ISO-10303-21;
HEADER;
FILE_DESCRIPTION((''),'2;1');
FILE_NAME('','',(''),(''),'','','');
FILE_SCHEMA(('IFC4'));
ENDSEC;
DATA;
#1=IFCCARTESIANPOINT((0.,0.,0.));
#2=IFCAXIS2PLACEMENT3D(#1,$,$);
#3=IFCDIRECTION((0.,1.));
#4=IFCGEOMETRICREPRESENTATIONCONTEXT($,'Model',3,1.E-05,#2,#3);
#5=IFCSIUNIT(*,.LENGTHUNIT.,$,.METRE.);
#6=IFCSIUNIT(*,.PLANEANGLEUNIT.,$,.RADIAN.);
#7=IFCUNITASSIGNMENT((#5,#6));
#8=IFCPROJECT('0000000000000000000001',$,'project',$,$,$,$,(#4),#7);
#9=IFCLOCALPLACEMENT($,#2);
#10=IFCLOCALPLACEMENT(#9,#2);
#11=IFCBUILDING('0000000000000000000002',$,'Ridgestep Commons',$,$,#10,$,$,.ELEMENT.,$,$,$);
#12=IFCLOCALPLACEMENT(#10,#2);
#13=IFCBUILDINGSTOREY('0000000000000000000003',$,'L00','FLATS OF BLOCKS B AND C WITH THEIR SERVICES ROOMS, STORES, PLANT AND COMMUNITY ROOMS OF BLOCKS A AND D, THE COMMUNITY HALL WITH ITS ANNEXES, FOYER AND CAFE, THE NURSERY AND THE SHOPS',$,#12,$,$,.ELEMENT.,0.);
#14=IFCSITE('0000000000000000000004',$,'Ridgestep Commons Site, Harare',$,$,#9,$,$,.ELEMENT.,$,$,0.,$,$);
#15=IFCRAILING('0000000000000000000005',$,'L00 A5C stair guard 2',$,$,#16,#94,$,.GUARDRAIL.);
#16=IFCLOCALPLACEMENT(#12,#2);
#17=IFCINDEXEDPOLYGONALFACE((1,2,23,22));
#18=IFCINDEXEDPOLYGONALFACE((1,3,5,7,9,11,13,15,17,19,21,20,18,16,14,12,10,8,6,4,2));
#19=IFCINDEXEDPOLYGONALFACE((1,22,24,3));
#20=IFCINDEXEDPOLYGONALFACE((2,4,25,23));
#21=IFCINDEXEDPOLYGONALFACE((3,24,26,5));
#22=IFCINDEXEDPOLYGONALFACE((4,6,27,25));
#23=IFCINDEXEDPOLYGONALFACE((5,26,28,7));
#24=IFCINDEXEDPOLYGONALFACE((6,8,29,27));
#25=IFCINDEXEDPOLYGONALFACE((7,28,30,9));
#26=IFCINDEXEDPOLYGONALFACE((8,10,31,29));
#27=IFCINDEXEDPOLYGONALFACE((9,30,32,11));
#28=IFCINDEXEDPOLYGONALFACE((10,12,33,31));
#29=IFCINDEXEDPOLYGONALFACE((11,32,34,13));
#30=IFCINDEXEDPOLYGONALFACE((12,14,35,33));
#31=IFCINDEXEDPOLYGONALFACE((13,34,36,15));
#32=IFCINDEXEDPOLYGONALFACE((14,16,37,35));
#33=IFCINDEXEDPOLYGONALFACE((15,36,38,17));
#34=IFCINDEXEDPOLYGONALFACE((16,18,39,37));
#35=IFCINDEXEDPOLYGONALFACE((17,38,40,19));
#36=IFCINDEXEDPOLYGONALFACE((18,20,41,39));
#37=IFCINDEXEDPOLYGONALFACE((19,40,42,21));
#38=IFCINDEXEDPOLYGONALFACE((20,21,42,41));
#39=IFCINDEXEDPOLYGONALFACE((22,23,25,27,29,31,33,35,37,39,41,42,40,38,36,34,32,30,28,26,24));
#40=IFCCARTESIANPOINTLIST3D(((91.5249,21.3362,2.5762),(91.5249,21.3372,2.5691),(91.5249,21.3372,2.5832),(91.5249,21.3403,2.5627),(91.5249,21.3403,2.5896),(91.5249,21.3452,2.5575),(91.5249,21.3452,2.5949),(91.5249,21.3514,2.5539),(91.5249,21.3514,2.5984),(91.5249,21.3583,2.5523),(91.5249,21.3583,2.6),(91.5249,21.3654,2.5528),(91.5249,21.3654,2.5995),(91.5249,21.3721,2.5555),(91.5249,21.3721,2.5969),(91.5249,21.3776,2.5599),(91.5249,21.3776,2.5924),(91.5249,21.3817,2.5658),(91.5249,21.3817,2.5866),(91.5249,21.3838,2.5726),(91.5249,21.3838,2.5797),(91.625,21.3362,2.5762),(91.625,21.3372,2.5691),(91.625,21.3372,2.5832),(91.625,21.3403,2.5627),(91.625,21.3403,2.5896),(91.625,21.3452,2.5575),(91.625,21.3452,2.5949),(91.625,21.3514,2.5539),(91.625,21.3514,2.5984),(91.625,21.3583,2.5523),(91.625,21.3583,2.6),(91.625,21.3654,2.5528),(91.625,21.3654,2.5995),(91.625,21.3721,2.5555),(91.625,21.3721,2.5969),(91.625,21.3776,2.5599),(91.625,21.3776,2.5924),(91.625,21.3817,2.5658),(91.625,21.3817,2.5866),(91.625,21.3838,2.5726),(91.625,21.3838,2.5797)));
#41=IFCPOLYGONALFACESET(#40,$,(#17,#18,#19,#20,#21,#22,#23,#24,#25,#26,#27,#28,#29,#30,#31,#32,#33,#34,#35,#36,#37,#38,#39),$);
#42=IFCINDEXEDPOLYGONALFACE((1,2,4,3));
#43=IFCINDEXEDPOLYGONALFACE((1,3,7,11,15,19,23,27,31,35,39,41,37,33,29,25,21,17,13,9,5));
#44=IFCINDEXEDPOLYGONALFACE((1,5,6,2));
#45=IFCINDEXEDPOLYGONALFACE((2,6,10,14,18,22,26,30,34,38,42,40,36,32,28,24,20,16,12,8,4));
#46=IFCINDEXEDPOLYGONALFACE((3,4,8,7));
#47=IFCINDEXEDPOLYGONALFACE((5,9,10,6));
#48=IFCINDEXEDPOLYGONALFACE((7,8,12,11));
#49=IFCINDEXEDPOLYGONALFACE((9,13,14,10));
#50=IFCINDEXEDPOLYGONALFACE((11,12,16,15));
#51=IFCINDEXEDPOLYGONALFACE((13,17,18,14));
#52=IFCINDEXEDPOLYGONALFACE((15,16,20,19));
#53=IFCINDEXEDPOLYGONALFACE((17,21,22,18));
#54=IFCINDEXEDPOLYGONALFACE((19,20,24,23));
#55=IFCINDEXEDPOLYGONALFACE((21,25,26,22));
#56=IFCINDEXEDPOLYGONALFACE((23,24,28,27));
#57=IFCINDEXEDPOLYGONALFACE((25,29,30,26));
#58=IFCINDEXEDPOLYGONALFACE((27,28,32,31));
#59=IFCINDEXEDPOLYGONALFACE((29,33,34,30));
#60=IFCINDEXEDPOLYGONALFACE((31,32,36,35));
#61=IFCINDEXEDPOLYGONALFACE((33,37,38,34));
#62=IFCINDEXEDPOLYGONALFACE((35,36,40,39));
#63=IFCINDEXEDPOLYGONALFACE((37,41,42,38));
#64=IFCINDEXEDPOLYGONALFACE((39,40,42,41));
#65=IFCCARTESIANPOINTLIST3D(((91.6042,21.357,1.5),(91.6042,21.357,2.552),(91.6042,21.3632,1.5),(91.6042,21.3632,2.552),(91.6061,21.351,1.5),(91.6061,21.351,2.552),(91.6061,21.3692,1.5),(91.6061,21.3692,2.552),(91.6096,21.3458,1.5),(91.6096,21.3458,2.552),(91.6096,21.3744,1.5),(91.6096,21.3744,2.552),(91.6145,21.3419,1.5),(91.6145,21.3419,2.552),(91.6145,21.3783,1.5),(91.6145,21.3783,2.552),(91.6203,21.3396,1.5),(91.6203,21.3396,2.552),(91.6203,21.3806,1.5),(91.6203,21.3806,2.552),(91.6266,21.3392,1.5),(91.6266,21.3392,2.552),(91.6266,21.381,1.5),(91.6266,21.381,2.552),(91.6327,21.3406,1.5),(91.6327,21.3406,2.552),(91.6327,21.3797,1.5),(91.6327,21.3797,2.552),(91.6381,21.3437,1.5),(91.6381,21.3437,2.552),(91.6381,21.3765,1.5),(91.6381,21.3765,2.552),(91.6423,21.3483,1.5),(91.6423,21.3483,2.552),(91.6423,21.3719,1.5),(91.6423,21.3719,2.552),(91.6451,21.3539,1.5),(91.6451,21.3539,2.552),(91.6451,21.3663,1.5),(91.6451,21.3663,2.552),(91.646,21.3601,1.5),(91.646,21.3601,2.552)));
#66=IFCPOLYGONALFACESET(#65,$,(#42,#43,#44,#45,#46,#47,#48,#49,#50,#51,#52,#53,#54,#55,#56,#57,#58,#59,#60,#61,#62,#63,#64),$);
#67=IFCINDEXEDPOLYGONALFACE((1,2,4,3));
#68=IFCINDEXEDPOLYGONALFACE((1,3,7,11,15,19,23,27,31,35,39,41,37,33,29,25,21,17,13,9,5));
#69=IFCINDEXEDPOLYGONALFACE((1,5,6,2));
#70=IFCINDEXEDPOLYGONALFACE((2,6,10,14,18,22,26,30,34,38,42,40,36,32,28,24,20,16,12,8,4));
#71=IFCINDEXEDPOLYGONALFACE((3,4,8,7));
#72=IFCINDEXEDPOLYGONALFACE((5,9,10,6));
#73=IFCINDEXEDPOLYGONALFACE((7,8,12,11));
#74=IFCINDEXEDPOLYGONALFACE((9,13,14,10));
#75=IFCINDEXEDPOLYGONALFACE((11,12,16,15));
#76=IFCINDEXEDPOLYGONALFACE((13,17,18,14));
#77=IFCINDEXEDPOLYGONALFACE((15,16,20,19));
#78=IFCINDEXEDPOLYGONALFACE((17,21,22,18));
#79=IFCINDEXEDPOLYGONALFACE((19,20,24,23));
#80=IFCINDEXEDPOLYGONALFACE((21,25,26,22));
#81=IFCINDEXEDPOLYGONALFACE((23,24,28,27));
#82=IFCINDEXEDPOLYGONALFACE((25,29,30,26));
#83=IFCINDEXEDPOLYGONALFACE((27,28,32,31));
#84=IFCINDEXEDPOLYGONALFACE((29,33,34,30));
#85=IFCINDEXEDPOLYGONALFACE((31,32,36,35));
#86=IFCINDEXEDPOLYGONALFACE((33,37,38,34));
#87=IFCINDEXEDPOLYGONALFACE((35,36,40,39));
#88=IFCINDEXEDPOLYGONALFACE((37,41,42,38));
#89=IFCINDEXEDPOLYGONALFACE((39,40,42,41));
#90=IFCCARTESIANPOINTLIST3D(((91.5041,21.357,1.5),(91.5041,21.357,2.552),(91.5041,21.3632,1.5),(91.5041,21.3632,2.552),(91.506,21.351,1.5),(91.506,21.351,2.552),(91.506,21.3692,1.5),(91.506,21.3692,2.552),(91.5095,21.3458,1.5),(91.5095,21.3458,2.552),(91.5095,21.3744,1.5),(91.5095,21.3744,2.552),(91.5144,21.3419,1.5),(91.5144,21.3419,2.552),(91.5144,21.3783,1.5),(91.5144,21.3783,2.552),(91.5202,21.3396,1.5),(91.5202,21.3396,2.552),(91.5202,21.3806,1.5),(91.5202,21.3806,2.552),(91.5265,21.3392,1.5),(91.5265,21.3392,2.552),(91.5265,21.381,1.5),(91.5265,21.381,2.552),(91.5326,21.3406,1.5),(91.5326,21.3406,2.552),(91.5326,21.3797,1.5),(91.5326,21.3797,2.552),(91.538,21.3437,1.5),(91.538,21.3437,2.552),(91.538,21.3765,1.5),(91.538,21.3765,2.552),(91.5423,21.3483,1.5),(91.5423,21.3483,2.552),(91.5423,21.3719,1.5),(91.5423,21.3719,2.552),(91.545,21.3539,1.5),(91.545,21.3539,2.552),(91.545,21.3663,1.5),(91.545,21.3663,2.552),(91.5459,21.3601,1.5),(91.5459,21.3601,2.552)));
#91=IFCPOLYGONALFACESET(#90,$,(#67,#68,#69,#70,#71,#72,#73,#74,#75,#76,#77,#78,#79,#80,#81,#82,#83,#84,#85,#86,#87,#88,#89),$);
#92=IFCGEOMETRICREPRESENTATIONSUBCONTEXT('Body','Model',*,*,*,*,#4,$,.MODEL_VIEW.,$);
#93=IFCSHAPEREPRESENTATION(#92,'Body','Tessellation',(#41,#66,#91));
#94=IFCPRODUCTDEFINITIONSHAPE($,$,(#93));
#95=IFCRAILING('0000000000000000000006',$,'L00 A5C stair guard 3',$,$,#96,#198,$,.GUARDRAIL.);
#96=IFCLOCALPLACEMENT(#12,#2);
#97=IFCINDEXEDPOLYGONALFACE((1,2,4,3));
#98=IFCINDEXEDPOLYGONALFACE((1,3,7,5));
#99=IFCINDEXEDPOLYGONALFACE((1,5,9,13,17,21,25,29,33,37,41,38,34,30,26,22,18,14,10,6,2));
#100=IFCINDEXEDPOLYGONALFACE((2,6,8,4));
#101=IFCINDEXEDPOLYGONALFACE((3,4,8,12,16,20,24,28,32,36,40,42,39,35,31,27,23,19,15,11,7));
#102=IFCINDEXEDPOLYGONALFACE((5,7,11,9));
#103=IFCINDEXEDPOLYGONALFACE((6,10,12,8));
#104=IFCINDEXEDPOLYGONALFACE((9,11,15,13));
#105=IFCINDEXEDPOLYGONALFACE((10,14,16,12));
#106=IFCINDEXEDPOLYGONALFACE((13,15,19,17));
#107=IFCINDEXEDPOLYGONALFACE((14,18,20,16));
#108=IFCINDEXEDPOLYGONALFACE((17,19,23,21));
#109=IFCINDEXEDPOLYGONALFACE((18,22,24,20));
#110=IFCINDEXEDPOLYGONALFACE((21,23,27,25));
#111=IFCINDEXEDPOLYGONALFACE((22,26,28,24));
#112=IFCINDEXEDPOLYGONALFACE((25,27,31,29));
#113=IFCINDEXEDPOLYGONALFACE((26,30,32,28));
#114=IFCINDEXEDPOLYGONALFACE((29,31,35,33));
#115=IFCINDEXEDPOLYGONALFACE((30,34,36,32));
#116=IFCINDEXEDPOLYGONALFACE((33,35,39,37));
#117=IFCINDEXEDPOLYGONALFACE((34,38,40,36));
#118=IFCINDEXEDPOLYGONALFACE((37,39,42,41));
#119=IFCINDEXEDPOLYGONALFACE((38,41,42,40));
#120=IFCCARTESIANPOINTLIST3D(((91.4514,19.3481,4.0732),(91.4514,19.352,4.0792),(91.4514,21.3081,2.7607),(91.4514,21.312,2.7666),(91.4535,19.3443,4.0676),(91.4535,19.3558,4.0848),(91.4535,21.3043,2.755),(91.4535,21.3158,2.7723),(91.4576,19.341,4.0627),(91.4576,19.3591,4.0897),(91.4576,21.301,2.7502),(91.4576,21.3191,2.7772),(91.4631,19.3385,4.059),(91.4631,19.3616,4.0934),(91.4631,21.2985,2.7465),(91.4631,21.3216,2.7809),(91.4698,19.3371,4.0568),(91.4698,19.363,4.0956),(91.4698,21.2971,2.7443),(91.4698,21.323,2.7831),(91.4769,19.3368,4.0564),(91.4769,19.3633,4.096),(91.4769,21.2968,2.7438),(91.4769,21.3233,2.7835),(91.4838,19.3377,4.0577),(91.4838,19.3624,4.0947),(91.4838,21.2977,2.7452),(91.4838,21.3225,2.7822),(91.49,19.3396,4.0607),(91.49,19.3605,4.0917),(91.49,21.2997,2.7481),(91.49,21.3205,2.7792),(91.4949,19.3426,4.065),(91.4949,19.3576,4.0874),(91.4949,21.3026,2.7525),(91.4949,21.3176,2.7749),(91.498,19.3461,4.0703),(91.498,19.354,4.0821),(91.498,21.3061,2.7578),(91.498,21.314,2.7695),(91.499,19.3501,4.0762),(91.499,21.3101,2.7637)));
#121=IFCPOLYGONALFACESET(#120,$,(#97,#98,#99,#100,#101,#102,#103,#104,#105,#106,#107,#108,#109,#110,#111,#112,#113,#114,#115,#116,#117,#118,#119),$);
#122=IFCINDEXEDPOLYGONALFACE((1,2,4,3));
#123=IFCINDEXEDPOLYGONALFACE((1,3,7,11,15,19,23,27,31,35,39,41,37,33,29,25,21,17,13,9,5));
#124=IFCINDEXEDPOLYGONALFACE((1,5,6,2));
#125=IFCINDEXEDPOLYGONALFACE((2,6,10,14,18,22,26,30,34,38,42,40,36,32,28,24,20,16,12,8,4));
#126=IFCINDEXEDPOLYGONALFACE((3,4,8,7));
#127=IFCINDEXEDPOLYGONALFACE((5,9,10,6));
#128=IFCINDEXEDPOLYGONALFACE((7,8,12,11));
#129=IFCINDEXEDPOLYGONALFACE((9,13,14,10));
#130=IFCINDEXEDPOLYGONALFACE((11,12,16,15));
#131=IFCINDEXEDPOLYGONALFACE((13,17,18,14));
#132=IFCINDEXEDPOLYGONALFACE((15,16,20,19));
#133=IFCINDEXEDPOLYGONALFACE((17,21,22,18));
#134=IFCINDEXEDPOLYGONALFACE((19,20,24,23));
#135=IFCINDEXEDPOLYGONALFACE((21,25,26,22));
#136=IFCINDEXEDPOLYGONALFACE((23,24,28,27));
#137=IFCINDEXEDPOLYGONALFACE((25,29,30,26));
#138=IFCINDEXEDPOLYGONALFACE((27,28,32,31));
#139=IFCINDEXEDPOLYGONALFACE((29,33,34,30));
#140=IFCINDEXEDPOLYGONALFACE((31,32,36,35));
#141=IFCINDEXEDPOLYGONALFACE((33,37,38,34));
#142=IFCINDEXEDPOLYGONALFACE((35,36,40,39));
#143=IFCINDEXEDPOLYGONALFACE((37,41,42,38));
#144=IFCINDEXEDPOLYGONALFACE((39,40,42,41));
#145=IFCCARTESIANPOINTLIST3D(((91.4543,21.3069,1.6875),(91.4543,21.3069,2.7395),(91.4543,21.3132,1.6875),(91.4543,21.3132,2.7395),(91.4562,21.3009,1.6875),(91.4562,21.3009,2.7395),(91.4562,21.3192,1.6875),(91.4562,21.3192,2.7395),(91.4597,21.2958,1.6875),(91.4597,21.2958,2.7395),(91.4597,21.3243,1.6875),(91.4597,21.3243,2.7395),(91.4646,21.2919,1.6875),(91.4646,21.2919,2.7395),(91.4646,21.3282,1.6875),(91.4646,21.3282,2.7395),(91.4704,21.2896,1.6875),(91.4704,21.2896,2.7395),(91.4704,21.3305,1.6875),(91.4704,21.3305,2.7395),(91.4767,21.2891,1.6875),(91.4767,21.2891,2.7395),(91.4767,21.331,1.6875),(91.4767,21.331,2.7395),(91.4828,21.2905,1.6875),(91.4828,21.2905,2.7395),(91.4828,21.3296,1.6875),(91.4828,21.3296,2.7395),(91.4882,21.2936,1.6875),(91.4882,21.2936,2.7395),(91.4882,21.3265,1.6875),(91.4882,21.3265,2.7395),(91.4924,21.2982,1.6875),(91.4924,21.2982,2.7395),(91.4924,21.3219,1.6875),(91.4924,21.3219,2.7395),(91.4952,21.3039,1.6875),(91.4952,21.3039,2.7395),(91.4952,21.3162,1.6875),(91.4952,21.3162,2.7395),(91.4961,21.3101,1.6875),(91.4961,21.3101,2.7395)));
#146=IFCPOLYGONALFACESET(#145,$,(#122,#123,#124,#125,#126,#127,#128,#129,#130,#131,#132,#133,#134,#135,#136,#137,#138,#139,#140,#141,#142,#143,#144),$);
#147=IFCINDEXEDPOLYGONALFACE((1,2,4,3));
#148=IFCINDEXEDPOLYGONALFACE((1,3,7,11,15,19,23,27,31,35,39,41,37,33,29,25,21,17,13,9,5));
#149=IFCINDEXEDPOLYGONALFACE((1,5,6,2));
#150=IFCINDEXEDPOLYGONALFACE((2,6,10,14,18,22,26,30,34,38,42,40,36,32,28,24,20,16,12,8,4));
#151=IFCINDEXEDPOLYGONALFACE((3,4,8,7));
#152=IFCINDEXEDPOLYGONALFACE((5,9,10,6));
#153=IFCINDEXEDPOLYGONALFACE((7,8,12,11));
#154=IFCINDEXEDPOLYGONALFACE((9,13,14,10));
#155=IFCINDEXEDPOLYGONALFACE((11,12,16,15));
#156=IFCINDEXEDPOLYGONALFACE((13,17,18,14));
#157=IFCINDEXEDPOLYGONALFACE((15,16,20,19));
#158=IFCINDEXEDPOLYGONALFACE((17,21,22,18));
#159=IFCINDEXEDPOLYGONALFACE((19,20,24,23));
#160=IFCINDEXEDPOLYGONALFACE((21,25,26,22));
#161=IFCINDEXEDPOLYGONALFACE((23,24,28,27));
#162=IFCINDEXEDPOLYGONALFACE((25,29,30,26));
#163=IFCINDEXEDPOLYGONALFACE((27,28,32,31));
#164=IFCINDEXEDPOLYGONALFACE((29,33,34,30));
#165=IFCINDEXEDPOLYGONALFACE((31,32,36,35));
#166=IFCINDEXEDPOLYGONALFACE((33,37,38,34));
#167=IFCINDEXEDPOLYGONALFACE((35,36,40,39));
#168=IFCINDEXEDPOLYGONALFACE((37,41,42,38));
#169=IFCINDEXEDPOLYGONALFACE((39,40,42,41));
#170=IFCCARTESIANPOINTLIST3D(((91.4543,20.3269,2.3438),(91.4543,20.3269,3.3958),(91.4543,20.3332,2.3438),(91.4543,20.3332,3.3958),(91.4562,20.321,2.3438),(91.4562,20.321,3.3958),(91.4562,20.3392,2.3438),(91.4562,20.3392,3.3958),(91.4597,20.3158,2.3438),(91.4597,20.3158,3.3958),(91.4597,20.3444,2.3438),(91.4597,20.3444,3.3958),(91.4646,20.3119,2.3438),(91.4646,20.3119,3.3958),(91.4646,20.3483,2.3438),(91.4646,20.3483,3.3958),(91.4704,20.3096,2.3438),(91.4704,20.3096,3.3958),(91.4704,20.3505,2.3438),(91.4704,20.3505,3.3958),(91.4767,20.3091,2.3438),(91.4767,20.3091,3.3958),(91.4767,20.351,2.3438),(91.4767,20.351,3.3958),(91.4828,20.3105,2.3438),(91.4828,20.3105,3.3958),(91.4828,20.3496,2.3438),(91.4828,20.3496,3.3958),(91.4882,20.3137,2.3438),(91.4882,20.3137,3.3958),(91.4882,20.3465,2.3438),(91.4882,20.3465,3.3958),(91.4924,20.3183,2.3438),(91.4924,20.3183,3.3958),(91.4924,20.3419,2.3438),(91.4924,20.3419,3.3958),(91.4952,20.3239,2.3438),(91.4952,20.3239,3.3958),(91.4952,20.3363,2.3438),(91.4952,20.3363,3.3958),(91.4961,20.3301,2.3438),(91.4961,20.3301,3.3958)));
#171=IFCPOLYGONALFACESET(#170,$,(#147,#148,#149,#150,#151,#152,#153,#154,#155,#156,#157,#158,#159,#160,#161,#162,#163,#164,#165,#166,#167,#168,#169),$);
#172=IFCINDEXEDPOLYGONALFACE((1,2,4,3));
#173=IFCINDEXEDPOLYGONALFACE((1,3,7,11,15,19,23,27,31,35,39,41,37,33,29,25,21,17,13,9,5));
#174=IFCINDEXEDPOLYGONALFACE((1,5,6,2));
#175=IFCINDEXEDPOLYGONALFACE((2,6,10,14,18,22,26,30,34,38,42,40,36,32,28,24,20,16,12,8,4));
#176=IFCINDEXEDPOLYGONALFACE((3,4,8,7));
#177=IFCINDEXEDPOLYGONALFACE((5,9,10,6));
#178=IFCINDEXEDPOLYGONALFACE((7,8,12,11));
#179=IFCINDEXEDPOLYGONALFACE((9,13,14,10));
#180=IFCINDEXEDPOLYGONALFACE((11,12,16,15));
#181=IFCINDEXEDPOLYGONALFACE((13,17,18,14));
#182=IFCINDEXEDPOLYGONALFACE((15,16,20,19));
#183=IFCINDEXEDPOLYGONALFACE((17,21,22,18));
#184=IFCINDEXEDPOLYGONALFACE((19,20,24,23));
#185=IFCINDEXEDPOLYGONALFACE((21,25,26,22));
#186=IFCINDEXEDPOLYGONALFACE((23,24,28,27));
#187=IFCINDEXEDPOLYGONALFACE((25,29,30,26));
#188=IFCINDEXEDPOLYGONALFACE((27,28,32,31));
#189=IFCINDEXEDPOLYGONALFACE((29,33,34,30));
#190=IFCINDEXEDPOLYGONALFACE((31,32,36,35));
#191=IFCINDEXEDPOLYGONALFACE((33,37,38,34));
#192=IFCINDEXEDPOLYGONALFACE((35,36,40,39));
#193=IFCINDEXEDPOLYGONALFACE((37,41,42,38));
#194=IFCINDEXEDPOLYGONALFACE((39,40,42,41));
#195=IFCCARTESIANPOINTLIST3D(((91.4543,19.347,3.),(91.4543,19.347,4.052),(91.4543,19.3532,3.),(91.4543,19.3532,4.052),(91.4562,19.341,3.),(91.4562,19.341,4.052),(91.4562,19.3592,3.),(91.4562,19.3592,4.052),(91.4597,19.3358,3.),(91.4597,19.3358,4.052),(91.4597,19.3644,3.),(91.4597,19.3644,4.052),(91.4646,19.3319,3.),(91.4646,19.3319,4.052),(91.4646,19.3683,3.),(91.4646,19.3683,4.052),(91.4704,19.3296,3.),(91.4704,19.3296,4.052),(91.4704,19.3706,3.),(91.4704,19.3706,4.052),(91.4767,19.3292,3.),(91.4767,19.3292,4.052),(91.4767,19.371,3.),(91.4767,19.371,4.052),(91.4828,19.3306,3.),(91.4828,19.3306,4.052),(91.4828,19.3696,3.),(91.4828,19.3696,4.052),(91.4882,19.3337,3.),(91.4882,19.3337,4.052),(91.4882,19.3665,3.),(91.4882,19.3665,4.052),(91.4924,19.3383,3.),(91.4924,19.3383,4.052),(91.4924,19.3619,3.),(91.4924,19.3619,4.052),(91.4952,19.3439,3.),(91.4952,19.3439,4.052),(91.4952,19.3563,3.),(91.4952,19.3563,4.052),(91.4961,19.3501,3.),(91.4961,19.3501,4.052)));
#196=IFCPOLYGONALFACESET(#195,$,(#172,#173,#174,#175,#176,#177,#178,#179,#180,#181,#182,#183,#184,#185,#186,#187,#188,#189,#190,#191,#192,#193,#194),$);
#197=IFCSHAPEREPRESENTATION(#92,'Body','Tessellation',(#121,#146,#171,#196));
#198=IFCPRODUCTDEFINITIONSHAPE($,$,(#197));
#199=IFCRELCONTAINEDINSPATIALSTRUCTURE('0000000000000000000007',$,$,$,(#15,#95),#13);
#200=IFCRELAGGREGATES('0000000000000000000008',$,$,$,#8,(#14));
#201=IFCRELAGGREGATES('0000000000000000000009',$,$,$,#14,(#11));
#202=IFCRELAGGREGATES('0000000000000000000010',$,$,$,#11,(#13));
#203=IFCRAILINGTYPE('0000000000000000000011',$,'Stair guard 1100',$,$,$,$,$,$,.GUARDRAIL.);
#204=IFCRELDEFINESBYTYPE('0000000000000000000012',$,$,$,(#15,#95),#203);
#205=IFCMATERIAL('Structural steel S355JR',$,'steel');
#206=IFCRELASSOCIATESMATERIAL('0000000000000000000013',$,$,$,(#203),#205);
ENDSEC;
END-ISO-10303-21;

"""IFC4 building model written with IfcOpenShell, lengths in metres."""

from ifc_helpers import new_model, si_unit, direction, frame, origin, origin_2d, place, context, subcontext, project, spatial, circle, extrude, material, type_object, element, save


model = new_model("IFC4")

# Units and contexts
model_context = context("Model", 3, precision=1e-05, world=origin(), true_north=direction((0.0, 1.0)))
body_context = subcontext(model_context, "Body", "Model", "MODEL_VIEW")
ifc_project = project(units=[si_unit("LENGTHUNIT", "METRE"), si_unit("PLANEANGLEUNIT", "RADIAN")], contexts=[model_context])

# Site, building, storey
site_placement = place(None, origin())
site = spatial("IfcSite", under=ifc_project, at=site_placement, Name="Ridgestep Commons Site, Harare", CompositionType="ELEMENT", RefElevation=0.0)
building_placement = place(site_placement, origin())
building = spatial("IfcBuilding", under=site, at=building_placement, Name="Ridgestep Commons", CompositionType="ELEMENT")
storey_placement = place(building_placement, origin())
storey = spatial("IfcBuildingStorey", under=building, at=storey_placement, Name="L00", Description="FLATS OF BLOCKS B AND C WITH THEIR SERVICES ROOMS, STORES, PLANT AND COMMUNITY ROOMS OF BLOCKS A AND D, THE COMMUNITY HALL WITH ITS ANNEXES, FOYER AND CAFE, THE NURSERY AND THE SHOPS", CompositionType="ELEMENT", Elevation=0.0)

# Railings
ifc_material_1 = material(Name="Structural steel S355JR", Category="steel")
railing_type_1 = type_object("IfcRailingType", Name="Stair guard 1100", PredefinedType="GUARDRAIL", material=ifc_material_1)
railing_1_placement = place(storey_placement, frame((91.625, 21.3601, 1.5)))
element("IfcRailing", 1, at=railing_1_placement, inside=storey, type_object=railing_type_1, Name="L00 A5C stair guard 2", PredefinedType="GUARDRAIL", context=body_context, shape_type="SweptSolid", body=[
    extrude(circle(Radius=0.0239, at=origin_2d()), frame((0.0, 0.0, 1.0762), z_axis=(-1.0, 0.0, 0.0), x_axis=(0.0, -1.0, 0.0)), (0.0, 0.0, 1.0), 0.1001),
    extrude(circle(Radius=0.021, at=origin_2d()), origin(), (0.0, 0.0, 1.0), 1.052),
    extrude(circle(Radius=0.021, at=origin_2d()), frame((-0.1001, 0.0, 0.0)), (0.0, 0.0, 1.0), 1.052),
])
railing_2_placement = place(storey_placement, frame((91.4751, 21.3101, 1.6875)))
element("IfcRailing", 2, at=railing_2_placement, inside=storey, type_object=railing_type_1, Name="L00 A5C stair guard 3", PredefinedType="GUARDRAIL", context=body_context, shape_type="SweptSolid", body=[
    extrude(circle(Radius=0.0239, at=origin_2d()), frame((0.0, 0.0, 1.0762), z_axis=(0.0, -0.830902, 0.556419), x_axis=(1.0, 0.0, 0.0)), (0.0, 0.0, 1.0), 2.3589),
    extrude(circle(Radius=0.021, at=origin_2d()), origin(), (0.0, 0.0, 1.0), 1.052),
    extrude(circle(Radius=0.021, at=origin_2d()), frame((0.0, -0.98, 0.6562)), (0.0, 0.0, 1.0), 1.052),
    extrude(circle(Radius=0.021, at=origin_2d()), frame((0.0, -1.96, 1.3125)), (0.0, 0.0, 1.0), 1.052),
])

save(model, "model.ifc")
